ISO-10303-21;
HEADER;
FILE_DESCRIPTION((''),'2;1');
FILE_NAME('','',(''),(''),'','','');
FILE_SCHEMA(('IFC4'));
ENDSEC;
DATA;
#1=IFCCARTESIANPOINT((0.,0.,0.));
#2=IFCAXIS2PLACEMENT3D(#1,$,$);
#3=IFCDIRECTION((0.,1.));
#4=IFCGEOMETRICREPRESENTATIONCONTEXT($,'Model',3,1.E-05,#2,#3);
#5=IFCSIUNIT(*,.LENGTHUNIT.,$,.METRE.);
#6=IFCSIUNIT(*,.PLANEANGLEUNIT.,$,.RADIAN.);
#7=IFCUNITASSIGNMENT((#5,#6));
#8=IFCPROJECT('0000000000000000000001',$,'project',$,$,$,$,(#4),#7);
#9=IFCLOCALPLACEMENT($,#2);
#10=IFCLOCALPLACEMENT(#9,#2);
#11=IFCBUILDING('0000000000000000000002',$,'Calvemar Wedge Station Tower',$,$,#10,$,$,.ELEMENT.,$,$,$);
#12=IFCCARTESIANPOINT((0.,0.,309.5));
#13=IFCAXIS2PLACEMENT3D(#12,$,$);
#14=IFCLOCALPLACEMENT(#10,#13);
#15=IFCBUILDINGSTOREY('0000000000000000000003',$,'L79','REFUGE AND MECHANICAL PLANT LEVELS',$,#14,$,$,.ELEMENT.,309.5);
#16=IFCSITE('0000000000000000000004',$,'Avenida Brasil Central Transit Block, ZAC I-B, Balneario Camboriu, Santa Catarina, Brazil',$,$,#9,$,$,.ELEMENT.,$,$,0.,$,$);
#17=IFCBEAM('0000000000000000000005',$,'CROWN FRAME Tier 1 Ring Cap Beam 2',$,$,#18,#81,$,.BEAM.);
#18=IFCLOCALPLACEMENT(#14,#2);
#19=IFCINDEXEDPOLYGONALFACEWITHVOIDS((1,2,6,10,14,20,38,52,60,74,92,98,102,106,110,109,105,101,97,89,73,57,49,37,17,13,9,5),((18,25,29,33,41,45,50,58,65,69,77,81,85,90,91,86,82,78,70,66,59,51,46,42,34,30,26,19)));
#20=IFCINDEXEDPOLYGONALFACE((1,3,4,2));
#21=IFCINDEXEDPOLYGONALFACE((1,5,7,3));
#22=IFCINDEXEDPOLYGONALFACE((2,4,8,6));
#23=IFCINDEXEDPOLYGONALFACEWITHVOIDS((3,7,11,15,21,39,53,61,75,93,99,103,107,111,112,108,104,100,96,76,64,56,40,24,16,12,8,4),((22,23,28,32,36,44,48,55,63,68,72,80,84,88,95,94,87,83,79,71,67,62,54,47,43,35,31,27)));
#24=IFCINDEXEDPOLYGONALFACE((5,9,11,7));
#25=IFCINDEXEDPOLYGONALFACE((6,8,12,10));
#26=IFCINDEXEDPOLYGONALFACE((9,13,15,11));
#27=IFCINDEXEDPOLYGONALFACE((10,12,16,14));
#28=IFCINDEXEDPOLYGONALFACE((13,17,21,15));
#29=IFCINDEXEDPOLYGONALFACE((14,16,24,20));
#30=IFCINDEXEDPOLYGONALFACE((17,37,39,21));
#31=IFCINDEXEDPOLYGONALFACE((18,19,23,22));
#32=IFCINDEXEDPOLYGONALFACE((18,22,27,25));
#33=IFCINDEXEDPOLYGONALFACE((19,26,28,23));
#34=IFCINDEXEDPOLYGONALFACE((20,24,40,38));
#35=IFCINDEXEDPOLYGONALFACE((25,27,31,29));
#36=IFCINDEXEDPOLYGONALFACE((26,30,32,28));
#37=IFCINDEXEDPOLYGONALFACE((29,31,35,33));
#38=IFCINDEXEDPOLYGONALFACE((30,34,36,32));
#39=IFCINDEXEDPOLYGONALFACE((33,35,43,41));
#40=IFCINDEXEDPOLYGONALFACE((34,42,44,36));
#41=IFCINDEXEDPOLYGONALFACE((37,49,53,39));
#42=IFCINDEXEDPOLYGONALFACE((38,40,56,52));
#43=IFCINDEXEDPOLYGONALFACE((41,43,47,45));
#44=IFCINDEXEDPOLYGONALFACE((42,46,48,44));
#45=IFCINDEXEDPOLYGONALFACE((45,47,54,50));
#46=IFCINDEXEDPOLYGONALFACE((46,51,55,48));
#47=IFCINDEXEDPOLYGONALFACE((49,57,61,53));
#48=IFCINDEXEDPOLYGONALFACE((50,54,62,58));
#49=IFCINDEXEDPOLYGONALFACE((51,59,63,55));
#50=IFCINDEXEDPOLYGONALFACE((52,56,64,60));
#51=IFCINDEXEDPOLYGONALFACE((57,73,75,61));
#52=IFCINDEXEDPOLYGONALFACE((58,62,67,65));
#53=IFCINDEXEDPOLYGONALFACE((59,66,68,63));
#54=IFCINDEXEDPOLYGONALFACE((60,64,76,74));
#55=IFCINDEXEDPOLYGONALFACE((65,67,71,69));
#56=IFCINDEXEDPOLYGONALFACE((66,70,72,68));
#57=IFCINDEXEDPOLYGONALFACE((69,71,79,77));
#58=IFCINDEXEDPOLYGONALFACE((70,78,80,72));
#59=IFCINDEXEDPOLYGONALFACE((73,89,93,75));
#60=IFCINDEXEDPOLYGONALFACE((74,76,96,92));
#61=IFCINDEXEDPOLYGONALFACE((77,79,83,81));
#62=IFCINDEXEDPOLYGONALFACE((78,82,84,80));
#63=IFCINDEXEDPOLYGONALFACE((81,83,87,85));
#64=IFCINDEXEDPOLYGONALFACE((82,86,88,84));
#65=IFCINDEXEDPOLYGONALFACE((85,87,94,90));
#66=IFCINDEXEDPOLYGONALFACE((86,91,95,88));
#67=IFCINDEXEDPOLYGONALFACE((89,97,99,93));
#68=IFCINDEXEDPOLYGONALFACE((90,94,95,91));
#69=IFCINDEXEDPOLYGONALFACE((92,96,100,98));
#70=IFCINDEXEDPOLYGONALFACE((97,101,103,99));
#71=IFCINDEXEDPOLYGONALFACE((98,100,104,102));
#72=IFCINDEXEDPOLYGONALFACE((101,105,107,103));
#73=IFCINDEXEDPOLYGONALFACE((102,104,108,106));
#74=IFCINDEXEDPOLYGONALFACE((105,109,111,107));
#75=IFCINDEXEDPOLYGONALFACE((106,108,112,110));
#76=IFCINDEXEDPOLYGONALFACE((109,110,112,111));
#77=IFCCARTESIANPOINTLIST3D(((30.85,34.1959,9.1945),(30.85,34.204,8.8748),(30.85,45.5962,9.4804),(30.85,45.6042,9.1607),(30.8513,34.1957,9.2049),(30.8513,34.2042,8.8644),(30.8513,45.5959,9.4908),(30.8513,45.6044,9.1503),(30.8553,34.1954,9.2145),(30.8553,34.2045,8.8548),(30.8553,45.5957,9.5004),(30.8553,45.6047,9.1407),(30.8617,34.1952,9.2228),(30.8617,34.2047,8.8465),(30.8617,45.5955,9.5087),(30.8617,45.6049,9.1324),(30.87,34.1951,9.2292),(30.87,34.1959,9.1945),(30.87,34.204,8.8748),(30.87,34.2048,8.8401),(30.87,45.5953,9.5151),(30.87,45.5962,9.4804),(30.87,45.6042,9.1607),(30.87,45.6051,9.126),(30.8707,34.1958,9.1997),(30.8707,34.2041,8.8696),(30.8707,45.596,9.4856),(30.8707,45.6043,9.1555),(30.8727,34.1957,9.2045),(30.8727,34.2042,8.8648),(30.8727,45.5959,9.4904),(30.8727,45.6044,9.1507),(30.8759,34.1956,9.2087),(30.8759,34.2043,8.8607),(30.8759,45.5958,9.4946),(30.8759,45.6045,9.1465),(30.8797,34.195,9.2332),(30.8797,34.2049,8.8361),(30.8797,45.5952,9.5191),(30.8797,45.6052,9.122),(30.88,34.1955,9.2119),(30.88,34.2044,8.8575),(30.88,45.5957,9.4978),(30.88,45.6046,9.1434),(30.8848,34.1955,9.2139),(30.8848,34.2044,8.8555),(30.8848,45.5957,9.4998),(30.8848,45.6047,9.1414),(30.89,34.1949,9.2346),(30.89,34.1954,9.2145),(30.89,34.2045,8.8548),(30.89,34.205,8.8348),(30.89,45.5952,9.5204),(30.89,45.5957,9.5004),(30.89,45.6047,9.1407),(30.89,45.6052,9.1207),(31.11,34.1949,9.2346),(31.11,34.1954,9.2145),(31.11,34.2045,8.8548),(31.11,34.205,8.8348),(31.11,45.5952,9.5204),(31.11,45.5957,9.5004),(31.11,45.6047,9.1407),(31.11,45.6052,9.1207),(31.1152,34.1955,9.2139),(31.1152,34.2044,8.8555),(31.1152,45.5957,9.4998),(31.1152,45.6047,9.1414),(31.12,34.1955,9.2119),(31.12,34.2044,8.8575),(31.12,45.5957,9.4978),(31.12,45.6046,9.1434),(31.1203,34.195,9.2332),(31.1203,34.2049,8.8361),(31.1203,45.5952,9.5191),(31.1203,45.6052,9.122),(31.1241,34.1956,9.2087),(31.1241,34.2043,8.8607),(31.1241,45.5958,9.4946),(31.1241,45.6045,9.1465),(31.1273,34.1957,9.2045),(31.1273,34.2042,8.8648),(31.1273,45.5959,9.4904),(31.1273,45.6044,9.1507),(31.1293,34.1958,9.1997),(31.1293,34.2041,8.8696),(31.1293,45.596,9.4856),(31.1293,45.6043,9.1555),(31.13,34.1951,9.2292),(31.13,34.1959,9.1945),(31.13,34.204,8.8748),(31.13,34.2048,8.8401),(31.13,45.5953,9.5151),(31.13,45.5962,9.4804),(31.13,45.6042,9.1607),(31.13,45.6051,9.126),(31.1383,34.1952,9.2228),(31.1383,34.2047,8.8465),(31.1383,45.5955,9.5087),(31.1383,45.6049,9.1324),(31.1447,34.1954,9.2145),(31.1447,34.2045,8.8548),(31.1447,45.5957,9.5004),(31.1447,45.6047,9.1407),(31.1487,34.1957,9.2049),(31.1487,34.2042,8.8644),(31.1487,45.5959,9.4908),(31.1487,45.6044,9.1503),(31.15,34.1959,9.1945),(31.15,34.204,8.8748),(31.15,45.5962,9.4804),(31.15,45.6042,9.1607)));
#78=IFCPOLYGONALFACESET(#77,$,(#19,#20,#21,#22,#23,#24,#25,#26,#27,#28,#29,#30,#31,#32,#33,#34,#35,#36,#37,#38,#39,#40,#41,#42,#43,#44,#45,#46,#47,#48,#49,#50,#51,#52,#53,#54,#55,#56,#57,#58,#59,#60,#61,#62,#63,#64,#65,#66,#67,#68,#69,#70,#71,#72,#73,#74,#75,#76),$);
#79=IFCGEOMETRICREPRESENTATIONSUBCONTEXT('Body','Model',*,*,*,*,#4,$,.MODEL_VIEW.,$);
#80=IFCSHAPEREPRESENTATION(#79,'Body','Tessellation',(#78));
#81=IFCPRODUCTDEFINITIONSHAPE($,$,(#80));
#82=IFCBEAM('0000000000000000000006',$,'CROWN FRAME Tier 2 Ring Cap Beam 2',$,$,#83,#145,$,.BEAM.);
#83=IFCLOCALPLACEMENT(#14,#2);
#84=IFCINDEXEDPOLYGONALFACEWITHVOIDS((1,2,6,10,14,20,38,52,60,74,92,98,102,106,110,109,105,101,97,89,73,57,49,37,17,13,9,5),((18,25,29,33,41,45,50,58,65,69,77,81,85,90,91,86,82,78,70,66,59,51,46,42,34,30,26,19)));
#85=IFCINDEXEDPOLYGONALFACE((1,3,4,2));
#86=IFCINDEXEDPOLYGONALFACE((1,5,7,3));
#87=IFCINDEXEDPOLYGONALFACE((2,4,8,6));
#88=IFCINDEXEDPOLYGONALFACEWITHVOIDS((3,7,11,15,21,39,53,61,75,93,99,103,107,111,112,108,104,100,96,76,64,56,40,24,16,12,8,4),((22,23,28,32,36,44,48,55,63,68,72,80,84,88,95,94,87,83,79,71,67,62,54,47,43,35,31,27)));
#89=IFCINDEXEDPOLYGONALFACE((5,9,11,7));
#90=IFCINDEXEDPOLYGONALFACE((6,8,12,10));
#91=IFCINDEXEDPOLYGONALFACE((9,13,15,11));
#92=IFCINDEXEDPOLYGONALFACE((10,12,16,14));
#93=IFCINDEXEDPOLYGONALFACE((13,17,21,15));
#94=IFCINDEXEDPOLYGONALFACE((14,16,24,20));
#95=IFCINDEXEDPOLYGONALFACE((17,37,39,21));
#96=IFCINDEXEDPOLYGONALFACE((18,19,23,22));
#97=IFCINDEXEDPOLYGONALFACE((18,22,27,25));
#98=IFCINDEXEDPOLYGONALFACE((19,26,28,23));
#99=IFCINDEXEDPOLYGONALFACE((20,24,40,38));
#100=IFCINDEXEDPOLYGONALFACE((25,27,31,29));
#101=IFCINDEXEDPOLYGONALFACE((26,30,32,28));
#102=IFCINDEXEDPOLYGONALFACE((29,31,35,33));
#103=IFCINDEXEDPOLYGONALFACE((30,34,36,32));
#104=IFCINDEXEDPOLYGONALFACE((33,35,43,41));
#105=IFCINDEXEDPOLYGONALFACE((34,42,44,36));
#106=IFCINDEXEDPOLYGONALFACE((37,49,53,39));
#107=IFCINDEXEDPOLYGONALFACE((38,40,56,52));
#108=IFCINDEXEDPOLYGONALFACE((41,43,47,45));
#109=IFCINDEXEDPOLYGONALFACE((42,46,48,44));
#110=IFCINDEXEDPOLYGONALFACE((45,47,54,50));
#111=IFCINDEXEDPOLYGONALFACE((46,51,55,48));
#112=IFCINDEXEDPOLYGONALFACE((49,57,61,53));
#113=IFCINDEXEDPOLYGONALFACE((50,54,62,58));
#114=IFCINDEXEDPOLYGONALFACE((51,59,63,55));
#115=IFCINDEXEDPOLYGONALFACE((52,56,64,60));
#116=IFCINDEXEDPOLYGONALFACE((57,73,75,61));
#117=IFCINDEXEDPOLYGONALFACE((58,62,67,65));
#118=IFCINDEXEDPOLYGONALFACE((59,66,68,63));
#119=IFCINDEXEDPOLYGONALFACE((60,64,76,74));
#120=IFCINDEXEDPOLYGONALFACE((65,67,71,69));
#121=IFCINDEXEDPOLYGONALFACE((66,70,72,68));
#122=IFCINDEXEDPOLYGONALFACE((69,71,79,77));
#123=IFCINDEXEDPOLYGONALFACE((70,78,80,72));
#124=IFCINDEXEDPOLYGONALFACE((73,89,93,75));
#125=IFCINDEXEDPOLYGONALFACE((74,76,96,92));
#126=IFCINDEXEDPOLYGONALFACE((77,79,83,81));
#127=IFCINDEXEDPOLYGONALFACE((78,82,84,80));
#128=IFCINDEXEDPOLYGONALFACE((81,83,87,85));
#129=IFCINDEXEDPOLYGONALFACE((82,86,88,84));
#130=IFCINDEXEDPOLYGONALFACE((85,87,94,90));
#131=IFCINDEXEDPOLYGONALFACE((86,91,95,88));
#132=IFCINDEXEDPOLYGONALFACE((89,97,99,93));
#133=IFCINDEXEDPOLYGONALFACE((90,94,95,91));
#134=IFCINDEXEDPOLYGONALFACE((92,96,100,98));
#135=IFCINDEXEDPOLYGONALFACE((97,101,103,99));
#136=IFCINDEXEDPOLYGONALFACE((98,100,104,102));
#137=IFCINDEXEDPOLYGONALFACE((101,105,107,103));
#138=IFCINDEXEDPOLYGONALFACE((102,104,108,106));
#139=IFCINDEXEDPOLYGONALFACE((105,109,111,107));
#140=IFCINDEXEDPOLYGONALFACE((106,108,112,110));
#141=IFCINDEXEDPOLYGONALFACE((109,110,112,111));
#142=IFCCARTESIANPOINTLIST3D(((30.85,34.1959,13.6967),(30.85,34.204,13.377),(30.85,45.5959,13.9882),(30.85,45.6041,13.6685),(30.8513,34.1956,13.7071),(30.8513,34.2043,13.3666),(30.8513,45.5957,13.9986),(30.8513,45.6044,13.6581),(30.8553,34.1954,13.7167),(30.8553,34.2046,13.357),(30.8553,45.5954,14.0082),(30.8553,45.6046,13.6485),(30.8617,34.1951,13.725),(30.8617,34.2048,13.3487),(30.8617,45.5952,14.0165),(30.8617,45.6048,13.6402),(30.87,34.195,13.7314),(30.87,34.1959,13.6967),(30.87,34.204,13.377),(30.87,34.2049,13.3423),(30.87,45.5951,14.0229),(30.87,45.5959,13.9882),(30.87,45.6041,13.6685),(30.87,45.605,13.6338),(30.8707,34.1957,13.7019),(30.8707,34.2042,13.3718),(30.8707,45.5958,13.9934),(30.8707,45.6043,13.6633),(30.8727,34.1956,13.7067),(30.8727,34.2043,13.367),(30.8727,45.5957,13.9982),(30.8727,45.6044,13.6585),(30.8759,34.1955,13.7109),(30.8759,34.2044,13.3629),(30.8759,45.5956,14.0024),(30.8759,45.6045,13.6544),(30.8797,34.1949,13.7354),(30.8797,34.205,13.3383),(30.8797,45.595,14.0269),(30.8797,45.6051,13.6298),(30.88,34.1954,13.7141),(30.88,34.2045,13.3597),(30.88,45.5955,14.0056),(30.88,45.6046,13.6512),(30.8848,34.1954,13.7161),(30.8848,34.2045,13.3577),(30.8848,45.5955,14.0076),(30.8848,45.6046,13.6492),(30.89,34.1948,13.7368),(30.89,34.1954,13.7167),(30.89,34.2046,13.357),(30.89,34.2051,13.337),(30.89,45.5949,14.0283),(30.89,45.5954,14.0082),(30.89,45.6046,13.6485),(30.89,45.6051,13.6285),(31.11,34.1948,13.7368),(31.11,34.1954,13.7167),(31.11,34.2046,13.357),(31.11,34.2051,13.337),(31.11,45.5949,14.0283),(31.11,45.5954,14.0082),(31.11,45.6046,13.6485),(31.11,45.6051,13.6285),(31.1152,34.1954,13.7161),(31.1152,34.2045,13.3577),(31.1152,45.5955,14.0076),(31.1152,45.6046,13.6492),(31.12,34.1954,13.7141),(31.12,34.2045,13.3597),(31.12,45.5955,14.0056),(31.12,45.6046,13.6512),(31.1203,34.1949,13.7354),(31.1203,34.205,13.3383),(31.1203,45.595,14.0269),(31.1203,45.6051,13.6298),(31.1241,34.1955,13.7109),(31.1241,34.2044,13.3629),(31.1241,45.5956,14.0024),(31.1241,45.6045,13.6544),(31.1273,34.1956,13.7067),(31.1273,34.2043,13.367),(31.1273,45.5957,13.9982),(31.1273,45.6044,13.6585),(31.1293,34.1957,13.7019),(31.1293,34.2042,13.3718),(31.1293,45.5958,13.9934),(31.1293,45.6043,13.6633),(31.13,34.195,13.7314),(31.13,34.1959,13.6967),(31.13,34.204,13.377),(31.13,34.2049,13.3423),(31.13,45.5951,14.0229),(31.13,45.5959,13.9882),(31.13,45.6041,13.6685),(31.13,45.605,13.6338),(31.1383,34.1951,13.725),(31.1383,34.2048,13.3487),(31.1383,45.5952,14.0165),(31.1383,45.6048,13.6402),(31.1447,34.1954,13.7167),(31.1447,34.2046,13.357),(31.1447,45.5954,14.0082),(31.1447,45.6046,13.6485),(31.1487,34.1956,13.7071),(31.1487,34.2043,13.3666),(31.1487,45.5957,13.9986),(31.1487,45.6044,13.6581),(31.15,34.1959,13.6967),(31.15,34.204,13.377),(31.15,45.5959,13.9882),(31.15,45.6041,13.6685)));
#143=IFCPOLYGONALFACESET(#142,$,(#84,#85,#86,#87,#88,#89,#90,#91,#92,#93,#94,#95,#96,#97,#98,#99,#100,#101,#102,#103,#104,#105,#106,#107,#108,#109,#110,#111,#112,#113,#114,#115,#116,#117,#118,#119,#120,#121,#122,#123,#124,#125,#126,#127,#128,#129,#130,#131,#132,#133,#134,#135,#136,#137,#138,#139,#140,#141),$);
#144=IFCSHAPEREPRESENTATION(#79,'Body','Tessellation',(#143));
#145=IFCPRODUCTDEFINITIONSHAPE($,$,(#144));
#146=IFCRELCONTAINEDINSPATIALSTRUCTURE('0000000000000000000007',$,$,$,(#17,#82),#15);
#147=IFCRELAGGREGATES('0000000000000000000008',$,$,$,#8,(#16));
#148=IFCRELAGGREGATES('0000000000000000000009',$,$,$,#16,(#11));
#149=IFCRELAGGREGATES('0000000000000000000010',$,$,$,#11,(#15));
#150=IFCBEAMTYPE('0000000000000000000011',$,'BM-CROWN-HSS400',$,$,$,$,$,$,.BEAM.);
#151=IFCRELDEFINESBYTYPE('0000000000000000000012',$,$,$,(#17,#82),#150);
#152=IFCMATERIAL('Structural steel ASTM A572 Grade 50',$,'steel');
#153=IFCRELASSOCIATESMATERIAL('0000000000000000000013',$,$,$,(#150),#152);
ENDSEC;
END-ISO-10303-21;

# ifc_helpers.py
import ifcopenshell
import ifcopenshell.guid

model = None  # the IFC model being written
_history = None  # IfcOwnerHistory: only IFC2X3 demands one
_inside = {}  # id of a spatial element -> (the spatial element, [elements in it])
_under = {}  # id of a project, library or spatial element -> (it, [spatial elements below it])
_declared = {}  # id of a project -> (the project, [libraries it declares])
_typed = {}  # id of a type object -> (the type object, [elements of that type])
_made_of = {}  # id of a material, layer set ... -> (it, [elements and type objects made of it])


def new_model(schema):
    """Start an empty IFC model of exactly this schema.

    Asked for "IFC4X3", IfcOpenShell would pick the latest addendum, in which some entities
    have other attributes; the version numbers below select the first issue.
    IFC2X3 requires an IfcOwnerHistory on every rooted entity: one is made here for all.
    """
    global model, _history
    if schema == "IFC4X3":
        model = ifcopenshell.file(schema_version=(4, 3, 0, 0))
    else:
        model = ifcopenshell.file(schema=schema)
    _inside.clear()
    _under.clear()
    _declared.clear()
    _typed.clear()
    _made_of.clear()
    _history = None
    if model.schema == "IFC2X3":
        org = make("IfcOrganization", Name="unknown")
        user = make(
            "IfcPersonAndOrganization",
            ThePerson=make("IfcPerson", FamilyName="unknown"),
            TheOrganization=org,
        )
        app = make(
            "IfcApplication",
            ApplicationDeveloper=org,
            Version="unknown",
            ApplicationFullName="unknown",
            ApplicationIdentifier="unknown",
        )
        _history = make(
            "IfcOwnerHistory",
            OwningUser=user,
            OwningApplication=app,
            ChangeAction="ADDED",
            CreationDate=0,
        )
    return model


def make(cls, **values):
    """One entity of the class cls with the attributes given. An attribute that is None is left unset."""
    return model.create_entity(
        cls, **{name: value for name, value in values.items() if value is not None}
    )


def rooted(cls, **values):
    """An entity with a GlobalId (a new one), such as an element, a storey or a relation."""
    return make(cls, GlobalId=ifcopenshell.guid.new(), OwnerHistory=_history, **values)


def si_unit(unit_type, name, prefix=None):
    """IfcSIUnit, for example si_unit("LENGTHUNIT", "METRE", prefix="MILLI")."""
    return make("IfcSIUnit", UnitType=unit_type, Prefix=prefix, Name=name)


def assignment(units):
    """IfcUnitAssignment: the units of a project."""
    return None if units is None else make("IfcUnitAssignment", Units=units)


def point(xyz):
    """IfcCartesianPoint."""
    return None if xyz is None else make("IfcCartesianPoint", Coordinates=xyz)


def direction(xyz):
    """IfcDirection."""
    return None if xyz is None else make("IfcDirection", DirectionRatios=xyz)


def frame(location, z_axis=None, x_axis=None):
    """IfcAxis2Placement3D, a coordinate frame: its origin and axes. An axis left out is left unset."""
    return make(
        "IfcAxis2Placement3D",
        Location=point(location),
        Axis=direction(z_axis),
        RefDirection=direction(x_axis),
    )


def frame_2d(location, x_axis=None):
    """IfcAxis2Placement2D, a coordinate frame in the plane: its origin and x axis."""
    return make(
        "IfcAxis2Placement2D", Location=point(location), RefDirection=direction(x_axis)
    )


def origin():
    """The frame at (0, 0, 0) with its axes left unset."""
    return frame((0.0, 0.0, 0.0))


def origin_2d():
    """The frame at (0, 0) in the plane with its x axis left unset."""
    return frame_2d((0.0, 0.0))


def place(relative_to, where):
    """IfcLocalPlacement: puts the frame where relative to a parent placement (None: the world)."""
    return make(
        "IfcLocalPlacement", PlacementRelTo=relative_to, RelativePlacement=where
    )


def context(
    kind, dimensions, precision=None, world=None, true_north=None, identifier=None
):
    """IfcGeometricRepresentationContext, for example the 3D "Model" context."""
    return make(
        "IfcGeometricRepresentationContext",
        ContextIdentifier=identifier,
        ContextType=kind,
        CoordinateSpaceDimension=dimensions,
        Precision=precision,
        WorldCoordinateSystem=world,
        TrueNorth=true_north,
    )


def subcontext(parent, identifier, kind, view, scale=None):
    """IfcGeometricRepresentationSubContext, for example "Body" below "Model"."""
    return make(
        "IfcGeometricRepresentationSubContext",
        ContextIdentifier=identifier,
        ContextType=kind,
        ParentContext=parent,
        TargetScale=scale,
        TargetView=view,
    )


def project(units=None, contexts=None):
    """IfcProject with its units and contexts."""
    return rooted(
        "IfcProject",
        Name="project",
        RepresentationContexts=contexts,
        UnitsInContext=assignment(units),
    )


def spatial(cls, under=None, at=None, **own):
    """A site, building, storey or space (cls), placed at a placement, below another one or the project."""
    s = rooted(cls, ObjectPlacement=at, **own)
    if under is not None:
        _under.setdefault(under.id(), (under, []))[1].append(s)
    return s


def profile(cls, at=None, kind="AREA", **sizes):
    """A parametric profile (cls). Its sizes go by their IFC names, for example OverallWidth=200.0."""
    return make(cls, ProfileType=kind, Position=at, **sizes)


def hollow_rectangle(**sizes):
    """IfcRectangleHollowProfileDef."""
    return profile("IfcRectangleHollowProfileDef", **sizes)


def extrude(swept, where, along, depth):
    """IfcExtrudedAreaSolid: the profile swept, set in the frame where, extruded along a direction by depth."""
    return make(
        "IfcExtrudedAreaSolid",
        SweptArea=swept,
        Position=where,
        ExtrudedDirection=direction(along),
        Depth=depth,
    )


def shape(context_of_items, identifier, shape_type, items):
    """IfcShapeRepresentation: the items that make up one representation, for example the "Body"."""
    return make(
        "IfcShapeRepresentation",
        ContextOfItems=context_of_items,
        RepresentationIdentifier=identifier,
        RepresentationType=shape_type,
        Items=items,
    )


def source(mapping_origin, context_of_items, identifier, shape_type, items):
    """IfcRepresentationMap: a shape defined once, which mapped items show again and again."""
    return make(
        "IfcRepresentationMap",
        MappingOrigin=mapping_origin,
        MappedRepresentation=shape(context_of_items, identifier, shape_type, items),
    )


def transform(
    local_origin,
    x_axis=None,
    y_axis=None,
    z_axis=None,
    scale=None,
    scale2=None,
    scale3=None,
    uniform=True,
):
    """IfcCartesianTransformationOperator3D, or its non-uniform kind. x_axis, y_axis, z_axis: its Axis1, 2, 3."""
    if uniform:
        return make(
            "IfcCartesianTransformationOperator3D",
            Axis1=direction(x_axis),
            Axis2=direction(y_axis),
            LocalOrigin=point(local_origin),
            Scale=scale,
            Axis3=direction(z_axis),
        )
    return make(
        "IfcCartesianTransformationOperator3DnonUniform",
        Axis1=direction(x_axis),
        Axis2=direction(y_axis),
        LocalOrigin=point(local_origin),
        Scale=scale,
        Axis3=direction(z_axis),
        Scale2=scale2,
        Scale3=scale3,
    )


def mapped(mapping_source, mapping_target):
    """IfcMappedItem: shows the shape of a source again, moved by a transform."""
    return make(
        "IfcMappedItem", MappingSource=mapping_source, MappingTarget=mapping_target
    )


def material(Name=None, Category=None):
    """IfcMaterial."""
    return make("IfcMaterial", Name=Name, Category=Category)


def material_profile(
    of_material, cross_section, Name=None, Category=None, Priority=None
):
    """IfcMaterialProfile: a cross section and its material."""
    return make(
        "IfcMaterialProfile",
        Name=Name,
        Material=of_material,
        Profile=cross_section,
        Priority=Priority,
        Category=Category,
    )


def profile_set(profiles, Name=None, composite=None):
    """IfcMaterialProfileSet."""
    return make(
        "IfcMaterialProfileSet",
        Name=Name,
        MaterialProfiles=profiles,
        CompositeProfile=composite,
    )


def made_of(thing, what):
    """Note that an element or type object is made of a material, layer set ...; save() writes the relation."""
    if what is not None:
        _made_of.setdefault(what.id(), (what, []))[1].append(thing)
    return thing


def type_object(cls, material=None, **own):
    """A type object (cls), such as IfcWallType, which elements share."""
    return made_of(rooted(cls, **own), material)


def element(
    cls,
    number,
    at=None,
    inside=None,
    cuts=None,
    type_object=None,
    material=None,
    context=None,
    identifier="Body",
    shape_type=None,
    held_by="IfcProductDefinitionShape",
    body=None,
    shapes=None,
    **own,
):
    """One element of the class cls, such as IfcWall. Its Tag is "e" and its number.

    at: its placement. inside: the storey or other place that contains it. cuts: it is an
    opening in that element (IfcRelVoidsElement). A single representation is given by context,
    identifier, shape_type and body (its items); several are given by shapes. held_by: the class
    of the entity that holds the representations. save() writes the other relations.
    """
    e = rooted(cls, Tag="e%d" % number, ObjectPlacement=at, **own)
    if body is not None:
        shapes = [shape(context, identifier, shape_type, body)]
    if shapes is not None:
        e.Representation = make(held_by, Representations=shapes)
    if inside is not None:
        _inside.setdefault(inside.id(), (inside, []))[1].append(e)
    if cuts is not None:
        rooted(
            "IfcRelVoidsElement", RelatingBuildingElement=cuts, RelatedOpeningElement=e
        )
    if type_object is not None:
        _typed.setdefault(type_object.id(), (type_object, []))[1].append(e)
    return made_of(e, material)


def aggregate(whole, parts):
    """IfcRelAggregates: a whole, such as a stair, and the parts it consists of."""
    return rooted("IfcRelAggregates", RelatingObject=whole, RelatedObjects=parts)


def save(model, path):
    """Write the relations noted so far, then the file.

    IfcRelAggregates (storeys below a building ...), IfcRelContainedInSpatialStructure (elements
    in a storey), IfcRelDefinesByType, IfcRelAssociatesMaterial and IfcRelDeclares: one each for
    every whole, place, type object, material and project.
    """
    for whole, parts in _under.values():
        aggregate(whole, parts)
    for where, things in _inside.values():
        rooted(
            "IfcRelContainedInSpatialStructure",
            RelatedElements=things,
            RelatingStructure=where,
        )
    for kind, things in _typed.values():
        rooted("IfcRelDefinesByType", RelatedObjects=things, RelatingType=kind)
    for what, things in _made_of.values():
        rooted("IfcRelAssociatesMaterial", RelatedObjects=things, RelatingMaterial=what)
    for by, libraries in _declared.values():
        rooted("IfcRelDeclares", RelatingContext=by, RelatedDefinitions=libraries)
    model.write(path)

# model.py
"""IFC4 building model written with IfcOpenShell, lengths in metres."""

from ifc_helpers import new_model, si_unit, direction, frame, origin, origin_2d, place, context, subcontext, project, spatial, hollow_rectangle, extrude, source, transform, mapped, material, material_profile, profile_set, type_object, element, save


model = new_model("IFC4")

# Units and contexts
model_context = context("Model", 3, precision=1e-05, world=origin(), true_north=direction((0.0, 1.0)))
body_context = subcontext(model_context, "Body", "Model", "MODEL_VIEW")
ifc_project = project(units=[si_unit("LENGTHUNIT", "METRE"), si_unit("PLANEANGLEUNIT", "RADIAN")], contexts=[model_context])

# Site, building, storey
site_placement = place(None, origin())
site = spatial("IfcSite", under=ifc_project, at=site_placement, Name="Avenida Brasil Central Transit Block, ZAC I-B, Balneario Camboriu, Santa Catarina, Brazil", CompositionType="ELEMENT", RefElevation=0.0)
building_placement = place(site_placement, origin())
building = spatial("IfcBuilding", under=site, at=building_placement, Name="Calvemar Wedge Station Tower", CompositionType="ELEMENT")
storey_placement = place(building_placement, frame((0.0, 0.0, 309.5)))
storey = spatial("IfcBuildingStorey", under=building, at=storey_placement, Name="L79", Description="REFUGE AND MECHANICAL PLANT LEVELS", CompositionType="ELEMENT", Elevation=309.5)

# Shared definitions
ifc_material_1 = material(Name="Structural steel ASTM A572 Grade 50", Category="steel")

# Beams
ifc_material_profile_1 = material_profile(ifc_material_1, hollow_rectangle(XDim=0.3, YDim=0.3999, WallThickness=0.02, InnerFilletRadius=0.02, OuterFilletRadius=0.04, at=origin_2d()), Name="HSS400x300x20")
ifc_profile_set_1 = profile_set([ifc_material_profile_1], Name="Structural steel ASTM A572 Grade 50")
beam_type = type_object("IfcBeamType", Name="BM-CROWN-HSS400", PredefinedType="BEAM", material=ifc_profile_set_1)
shared_shape_1 = source(origin(), body_context, "Body", "SweptSolid", [
    extrude(hollow_rectangle(XDim=0.3, YDim=0.3999, WallThickness=0.02, InnerFilletRadius=0.02, OuterFilletRadius=0.04, at=origin_2d()), origin(), (0.0, 0.0, 1.0), 11.4038),
])
for number, where, z_axis, x_axis, name in (
    (1, (31.0, 34.2, 9.0347), (0.0, 0.999686, 0.02507), (-1.0, 0.0, 0.0), "CROWN FRAME Tier 1 Ring Cap Beam 2"),
    (2, (31.0, 34.2, 13.5369), (0.0, 0.999673, 0.025562), (-1.0, 0.0, 0.0), "CROWN FRAME Tier 2 Ring Cap Beam 2"),
):
    element("IfcBeam", number, at=place(storey_placement, frame(where, z_axis=z_axis, x_axis=x_axis)), inside=storey, type_object=beam_type, Name=name, PredefinedType="BEAM", context=body_context, shape_type="MappedRepresentation", body=[
        mapped(shared_shape_1, transform((0.0, 0.0, 0.0), scale=1.0)),
    ])

save(model, "model.ifc")
